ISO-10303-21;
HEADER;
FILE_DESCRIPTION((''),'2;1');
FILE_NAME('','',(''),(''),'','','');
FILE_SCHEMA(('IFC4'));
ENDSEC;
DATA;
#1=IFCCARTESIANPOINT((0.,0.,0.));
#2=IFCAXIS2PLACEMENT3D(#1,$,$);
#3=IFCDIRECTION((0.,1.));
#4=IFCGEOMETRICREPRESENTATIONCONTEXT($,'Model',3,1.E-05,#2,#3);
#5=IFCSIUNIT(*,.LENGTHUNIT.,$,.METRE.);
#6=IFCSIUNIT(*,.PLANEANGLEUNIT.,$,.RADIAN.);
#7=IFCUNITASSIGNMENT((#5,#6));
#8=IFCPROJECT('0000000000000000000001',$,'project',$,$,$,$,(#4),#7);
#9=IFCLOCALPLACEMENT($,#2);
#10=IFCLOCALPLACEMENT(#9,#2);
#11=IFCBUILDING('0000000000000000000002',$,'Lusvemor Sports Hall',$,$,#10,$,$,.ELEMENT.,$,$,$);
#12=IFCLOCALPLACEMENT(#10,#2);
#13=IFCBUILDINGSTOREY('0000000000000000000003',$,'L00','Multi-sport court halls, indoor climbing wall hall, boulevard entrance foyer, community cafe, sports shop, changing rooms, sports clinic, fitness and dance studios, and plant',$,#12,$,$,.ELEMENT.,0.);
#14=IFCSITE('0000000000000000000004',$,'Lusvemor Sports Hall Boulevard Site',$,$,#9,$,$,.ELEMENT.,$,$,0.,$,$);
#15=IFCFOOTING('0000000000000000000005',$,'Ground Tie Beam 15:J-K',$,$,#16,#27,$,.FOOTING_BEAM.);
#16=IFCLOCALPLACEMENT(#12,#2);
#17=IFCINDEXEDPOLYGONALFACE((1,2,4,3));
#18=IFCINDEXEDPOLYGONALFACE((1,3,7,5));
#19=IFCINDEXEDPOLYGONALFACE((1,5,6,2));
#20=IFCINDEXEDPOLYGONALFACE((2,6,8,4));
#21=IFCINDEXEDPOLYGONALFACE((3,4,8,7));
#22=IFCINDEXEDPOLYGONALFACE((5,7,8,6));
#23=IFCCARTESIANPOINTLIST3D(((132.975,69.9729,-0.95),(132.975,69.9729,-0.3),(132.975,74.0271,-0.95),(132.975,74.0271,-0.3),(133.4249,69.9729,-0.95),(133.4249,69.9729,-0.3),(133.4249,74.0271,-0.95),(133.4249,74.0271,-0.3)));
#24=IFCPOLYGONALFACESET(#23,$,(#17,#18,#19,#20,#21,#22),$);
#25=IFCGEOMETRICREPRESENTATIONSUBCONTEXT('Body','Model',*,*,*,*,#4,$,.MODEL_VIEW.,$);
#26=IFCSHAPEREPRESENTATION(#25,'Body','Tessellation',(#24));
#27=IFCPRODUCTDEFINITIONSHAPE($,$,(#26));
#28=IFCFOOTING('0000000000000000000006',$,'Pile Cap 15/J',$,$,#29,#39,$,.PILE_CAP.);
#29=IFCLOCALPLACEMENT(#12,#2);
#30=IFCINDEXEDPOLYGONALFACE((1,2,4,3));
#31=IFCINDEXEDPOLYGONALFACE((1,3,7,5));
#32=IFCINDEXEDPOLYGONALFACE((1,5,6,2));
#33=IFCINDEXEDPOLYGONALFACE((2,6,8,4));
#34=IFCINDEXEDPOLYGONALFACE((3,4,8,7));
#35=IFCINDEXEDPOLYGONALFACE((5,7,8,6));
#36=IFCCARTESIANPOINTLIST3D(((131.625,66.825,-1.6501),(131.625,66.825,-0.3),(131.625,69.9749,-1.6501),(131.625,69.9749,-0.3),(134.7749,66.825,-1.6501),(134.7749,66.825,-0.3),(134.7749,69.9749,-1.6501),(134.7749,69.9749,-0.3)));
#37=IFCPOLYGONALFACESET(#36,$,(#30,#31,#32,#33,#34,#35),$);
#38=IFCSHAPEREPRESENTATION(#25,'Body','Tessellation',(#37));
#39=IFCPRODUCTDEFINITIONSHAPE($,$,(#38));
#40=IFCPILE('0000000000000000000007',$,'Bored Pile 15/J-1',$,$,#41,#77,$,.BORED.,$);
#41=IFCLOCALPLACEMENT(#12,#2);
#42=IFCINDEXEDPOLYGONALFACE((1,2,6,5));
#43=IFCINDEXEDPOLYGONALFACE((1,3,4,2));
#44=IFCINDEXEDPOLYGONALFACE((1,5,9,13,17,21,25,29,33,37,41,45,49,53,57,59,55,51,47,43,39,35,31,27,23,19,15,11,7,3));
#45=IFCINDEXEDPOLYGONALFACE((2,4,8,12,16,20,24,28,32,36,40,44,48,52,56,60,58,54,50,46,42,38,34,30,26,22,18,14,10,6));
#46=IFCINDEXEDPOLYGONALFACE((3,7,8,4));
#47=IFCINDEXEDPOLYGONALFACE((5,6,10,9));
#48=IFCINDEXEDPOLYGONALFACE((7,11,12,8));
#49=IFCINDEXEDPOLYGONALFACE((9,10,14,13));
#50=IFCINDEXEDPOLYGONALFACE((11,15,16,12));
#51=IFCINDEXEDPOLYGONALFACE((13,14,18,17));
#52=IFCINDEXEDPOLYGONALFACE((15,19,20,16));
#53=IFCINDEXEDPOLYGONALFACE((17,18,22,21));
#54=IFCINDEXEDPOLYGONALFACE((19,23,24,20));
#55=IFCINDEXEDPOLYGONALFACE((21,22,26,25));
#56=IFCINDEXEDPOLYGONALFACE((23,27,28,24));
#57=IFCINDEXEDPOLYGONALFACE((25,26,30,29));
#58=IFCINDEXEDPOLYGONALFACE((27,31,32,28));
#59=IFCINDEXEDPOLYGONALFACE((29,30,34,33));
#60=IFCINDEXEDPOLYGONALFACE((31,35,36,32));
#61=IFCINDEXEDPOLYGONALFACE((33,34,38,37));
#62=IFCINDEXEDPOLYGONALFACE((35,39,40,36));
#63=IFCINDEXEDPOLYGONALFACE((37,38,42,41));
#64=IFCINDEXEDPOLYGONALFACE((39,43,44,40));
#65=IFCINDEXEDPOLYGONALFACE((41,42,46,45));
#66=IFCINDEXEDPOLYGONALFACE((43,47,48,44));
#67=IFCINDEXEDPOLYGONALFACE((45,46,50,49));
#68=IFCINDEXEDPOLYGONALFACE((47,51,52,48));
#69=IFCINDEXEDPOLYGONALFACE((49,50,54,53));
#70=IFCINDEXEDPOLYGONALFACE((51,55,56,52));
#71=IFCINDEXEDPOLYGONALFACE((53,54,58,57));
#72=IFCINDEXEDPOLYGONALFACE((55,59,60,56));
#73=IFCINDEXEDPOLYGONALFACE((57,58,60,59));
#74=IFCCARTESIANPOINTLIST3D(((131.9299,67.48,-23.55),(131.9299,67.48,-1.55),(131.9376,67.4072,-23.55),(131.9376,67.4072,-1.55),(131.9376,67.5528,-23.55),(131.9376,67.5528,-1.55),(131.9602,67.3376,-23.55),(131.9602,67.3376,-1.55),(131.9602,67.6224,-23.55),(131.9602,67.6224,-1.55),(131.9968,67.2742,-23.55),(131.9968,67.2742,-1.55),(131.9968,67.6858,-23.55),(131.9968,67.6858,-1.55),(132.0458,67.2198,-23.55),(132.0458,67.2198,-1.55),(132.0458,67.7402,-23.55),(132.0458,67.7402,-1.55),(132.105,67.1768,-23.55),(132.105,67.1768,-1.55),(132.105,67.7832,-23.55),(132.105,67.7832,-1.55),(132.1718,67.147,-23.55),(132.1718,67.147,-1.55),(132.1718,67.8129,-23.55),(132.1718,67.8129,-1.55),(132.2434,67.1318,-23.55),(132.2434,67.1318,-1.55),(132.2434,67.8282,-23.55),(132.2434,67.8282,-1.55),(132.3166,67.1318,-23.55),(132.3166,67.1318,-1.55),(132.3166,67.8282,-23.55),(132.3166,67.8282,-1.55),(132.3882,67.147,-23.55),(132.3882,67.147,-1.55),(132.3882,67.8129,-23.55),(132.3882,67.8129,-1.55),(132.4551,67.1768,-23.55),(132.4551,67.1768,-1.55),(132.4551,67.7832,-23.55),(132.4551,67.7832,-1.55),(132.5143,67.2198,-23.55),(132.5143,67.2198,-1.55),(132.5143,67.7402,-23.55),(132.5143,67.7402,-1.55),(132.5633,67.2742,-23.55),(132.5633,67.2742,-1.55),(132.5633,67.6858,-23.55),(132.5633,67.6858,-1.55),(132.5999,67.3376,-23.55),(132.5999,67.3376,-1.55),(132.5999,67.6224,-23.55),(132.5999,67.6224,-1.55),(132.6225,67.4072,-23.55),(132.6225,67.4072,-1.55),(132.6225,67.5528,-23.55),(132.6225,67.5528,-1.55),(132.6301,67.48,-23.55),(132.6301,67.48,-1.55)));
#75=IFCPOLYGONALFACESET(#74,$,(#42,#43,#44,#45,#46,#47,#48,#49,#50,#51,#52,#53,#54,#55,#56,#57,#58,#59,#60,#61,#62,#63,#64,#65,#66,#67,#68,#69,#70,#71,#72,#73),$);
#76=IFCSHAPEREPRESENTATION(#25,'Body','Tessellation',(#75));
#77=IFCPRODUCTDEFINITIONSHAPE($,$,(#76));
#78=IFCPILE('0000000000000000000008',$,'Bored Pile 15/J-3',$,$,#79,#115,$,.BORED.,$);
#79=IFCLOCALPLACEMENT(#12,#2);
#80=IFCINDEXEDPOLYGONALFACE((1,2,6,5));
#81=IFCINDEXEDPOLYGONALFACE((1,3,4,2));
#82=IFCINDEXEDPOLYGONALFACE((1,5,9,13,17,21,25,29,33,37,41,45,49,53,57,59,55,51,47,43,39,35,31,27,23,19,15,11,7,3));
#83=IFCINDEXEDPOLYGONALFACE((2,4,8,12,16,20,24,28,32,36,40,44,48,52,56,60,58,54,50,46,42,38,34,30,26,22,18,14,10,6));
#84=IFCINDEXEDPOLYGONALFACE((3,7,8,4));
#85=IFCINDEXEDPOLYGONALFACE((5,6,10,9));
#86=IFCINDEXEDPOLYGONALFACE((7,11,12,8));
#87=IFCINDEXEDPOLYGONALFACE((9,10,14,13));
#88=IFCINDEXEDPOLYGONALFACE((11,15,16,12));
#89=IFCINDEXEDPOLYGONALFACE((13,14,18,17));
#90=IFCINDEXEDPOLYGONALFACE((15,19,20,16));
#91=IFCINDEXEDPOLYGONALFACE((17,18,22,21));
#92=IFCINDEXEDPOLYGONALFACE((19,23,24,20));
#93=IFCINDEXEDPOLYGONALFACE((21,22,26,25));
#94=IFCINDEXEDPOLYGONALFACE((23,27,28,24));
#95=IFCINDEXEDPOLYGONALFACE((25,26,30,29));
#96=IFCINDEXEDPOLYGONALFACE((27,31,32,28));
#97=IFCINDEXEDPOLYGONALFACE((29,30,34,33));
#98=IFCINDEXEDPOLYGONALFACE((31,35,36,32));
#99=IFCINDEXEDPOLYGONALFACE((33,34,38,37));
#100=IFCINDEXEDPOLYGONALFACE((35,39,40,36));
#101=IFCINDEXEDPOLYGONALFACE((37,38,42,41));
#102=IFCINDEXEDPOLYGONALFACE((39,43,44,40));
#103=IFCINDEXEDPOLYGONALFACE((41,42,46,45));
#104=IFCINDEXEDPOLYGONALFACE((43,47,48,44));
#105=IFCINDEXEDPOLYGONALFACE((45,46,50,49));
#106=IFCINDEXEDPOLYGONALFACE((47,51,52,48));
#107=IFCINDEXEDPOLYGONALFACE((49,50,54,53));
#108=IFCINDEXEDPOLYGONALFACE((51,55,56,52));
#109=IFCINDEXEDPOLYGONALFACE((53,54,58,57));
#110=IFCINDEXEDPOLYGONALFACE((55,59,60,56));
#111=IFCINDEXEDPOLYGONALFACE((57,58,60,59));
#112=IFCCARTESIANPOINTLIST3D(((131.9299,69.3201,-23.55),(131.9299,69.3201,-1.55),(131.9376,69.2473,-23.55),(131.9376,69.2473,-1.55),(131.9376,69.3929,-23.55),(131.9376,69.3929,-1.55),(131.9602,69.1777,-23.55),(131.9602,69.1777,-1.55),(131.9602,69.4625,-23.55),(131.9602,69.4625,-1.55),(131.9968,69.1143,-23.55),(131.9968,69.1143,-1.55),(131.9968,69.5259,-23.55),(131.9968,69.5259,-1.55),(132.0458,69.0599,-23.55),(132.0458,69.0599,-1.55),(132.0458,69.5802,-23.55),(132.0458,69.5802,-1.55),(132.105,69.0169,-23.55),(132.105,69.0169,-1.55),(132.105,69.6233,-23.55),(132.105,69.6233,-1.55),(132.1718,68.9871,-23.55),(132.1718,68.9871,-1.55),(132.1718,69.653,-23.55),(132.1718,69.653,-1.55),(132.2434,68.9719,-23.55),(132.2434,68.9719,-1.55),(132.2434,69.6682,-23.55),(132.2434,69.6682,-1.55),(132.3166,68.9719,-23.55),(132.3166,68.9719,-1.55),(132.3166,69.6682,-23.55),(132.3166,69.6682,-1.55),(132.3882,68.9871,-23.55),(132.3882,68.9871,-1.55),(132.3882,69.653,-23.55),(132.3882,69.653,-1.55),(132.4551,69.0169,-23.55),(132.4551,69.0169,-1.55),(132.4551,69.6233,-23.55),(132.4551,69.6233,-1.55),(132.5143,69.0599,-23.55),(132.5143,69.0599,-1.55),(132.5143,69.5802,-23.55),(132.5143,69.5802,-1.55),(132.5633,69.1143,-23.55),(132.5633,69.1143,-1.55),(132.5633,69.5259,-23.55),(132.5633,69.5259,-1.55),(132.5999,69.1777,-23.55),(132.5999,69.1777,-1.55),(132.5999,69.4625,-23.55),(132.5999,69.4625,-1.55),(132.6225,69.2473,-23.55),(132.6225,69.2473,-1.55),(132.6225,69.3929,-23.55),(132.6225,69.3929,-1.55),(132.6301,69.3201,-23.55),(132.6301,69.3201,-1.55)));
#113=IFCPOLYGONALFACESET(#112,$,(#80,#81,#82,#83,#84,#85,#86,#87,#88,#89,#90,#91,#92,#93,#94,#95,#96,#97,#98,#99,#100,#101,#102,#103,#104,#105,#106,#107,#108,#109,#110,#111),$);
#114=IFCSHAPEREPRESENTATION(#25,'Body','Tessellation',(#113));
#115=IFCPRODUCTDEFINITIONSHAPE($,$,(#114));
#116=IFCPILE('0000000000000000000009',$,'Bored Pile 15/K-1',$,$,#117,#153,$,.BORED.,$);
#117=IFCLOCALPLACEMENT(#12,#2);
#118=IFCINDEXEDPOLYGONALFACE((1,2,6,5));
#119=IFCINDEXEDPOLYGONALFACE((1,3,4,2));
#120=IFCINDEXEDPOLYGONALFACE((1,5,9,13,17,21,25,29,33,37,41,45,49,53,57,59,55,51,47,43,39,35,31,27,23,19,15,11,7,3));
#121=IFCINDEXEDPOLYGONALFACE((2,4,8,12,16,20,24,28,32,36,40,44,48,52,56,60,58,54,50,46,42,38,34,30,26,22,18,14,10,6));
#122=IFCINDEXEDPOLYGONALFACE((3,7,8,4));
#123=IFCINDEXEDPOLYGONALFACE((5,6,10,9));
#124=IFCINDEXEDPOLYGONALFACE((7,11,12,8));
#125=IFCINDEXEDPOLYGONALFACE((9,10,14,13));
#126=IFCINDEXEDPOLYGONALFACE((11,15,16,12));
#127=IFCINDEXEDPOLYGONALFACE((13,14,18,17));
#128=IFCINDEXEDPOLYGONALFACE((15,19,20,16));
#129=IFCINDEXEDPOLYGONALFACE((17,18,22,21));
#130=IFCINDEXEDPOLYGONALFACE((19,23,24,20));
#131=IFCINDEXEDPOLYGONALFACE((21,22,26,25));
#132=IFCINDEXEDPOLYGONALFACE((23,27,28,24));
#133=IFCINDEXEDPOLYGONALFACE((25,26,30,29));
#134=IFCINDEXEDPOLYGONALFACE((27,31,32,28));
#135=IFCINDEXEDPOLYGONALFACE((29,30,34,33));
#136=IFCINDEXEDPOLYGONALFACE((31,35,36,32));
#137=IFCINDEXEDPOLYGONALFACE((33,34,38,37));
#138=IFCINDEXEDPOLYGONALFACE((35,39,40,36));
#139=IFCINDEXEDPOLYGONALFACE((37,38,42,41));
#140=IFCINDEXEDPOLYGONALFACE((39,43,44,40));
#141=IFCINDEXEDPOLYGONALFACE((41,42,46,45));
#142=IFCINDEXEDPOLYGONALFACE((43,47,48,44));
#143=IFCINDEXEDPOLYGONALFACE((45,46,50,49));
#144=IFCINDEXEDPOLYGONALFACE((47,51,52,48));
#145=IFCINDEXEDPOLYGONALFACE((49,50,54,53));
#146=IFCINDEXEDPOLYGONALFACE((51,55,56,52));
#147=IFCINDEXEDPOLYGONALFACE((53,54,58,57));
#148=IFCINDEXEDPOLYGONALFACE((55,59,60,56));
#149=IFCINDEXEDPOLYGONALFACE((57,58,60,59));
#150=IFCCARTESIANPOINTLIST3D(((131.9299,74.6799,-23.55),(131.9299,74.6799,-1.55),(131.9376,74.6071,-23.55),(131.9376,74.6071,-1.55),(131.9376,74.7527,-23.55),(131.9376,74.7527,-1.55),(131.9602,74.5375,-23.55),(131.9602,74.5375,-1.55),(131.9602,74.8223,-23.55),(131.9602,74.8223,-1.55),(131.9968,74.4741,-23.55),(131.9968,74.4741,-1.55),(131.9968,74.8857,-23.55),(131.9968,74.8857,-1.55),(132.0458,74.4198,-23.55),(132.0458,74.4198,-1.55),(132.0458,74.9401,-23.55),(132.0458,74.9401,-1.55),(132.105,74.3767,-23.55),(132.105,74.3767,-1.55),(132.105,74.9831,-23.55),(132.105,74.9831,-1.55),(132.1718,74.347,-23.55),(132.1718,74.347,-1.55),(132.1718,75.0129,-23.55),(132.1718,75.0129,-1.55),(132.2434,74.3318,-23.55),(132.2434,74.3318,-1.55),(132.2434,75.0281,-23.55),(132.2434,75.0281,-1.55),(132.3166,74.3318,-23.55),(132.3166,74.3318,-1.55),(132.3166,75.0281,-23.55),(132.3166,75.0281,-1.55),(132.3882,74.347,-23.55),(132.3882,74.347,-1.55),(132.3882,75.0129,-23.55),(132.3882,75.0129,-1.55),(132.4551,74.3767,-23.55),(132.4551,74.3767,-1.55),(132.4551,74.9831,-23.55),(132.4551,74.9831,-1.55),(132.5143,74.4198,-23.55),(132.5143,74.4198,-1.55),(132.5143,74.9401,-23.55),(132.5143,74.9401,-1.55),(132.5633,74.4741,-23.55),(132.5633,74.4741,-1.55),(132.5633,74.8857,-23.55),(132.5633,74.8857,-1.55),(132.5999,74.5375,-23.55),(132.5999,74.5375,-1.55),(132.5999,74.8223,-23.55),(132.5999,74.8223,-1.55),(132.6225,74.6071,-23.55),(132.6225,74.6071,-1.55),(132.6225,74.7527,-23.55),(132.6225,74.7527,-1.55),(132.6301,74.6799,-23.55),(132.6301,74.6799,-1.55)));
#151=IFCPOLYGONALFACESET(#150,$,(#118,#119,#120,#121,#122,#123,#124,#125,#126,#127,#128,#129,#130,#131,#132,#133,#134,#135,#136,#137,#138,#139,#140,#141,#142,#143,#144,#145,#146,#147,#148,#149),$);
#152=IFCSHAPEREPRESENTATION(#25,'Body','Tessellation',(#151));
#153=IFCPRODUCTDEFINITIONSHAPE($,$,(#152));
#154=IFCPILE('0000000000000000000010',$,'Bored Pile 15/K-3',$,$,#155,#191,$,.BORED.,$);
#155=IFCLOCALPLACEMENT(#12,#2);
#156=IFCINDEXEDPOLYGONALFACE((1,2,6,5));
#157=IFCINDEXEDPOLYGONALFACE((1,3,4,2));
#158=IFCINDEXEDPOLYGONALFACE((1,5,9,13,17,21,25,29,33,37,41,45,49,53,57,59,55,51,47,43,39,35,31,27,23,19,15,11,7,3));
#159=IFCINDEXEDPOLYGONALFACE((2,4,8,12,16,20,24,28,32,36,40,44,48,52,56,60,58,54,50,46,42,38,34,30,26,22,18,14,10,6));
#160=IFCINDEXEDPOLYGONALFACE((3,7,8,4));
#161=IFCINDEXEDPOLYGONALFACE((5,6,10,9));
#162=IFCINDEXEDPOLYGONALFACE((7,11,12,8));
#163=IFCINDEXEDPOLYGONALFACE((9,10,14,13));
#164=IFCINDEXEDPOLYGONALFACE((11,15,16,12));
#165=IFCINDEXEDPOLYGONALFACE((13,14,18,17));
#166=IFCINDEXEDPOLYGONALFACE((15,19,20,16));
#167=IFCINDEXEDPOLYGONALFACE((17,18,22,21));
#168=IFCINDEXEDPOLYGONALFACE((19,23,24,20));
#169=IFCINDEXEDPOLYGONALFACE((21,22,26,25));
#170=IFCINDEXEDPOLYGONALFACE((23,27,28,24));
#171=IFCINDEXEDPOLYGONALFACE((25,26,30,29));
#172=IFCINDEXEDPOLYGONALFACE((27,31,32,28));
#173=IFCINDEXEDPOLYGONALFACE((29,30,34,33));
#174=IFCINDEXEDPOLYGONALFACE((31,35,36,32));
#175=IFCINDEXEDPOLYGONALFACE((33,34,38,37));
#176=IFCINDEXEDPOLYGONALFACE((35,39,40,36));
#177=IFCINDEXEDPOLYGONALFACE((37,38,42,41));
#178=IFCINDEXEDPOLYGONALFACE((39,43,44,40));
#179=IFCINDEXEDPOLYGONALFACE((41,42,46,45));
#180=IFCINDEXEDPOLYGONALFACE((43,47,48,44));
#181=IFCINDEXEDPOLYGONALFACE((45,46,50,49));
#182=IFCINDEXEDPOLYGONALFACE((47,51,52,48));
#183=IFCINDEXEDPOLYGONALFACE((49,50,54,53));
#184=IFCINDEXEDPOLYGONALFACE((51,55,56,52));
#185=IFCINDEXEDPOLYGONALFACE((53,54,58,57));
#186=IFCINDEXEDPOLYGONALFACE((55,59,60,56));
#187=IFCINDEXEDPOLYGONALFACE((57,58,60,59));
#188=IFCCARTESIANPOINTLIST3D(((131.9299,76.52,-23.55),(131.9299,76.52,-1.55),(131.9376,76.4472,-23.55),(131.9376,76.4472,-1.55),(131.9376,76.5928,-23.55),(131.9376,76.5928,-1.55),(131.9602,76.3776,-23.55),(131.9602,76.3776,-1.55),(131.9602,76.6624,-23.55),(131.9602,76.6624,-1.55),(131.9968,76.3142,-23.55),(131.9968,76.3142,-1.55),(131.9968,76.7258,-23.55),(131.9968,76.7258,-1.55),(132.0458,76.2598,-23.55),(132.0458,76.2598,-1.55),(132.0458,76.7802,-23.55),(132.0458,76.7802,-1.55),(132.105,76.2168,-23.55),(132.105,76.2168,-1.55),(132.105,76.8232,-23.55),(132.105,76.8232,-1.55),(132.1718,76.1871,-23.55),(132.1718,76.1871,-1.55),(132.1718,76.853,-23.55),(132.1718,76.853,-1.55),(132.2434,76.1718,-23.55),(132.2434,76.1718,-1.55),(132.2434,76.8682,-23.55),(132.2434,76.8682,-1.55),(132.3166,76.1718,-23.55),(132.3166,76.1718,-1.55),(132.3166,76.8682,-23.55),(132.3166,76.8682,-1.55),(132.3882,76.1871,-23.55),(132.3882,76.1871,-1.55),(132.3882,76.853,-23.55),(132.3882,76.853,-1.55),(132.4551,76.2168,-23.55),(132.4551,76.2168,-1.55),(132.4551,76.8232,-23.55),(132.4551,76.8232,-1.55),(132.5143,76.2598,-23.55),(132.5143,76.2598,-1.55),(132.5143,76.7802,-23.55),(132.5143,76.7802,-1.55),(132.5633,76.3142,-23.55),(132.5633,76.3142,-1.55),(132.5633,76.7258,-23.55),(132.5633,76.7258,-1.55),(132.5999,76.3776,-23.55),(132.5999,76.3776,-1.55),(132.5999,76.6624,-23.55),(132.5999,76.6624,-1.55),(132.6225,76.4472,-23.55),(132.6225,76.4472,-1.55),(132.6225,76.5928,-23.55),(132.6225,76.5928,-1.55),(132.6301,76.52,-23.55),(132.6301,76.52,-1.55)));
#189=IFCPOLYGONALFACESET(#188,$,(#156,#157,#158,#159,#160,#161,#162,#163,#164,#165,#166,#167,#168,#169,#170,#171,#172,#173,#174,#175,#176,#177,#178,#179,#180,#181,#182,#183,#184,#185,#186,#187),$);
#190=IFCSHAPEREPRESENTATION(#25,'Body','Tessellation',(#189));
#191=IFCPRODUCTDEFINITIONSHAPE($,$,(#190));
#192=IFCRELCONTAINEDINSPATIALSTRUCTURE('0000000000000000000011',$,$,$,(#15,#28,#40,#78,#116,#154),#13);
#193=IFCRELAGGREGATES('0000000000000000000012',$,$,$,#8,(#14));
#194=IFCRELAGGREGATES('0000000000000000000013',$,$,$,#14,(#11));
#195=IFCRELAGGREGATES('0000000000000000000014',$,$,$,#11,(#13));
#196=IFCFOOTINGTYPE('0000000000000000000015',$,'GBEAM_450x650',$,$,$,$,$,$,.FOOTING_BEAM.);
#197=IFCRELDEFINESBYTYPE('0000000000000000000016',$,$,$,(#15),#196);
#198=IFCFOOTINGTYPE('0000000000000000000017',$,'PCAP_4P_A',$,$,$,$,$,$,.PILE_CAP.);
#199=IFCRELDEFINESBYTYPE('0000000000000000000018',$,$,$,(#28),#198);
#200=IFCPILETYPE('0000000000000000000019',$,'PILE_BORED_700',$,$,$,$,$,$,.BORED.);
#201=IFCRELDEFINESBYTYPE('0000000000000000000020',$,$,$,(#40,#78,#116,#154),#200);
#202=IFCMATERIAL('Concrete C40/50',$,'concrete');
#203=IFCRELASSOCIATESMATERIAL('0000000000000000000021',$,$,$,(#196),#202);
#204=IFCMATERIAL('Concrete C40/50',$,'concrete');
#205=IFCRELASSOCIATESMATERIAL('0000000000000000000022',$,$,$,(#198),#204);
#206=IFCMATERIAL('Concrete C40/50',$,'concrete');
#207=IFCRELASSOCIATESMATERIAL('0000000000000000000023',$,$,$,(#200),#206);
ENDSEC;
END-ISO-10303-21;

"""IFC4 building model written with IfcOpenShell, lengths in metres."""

from ifc_helpers import new_model, si_unit, direction, frame, origin, origin_2d, place, context, subcontext, project, spatial, rectangle, circle, extrude, material, material_profile, profile_set, type_object, element, save


model = new_model("IFC4")

# Units and contexts
model_context = context("Model", 3, precision=1e-05, world=origin(), true_north=direction((0.0, 1.0)))
body_context = subcontext(model_context, "Body", "Model", "MODEL_VIEW")
ifc_project = project(units=[si_unit("LENGTHUNIT", "METRE"), si_unit("PLANEANGLEUNIT", "RADIAN")], contexts=[model_context])

# Site, building, storey
site_placement = place(None, origin())
site = spatial("IfcSite", under=ifc_project, at=site_placement, Name="Lusvemor Sports Hall Boulevard Site", CompositionType="ELEMENT", RefElevation=0.0)
building_placement = place(site_placement, origin())
building = spatial("IfcBuilding", under=site, at=building_placement, Name="Lusvemor Sports Hall", CompositionType="ELEMENT")
storey_placement = place(building_placement, origin())
storey = spatial("IfcBuildingStorey", under=building, at=storey_placement, Name="L00", Description="Multi-sport court halls, indoor climbing wall hall, boulevard entrance foyer, community cafe, sports shop, changing rooms, sports clinic, fitness and dance studios, and plant", CompositionType="ELEMENT", Elevation=0.0)

# Footings
ifc_material_1 = material(Name="Concrete C40/50", Category="concrete")
ifc_material_profile_1 = material_profile(ifc_material_1, rectangle(XDim=0.45, YDim=0.6499, at=origin_2d()), Name="GB_450x650")
ifc_profile_set_1 = profile_set([ifc_material_profile_1], Name="Concrete C40/50")
footing_type_1 = type_object("IfcFootingType", Name="GBEAM_450x650", PredefinedType="FOOTING_BEAM", material=ifc_profile_set_1)
footing_1_placement = place(storey_placement, frame((133.2, 69.9729, -0.625), z_axis=(0.0, 1.0, 0.0), x_axis=(-1.0, 0.0, 0.0)))
element("IfcFooting", 1, at=footing_1_placement, inside=storey, type_object=footing_type_1, Name="Ground Tie Beam 15:J-K", PredefinedType="FOOTING_BEAM", context=body_context, shape_type="SweptSolid", body=[
    extrude(rectangle(XDim=0.45, YDim=0.6499, at=origin_2d()), origin(), (0.0, 0.0, 1.0), 4.0542),
])
ifc_material_2 = material(Name="Concrete C40/50", Category="concrete")
footing_type_2 = type_object("IfcFootingType", Name="PCAP_4P_A", PredefinedType="PILE_CAP", material=ifc_material_2)
footing_2_placement = place(storey_placement, frame((133.2, 68.3999, -1.6501), z_axis=(0.0, 0.0, 1.0), x_axis=(1.0, 0.0, 0.0)))
element("IfcFooting", 2, at=footing_2_placement, inside=storey, type_object=footing_type_2, Name="Pile Cap 15/J", PredefinedType="PILE_CAP", context=body_context, shape_type="SweptSolid", body=[
    extrude(rectangle(XDim=3.1499, YDim=3.1499, at=origin_2d()), origin(), (0.0, 0.0, 1.0), 1.3501),
])

# Piles
ifc_material_3 = material(Name="Concrete C40/50", Category="concrete")
ifc_material_profile_2 = material_profile(ifc_material_3, circle(Radius=0.3501, at=origin_2d()), Name="PILE700")
ifc_profile_set_2 = profile_set([ifc_material_profile_2], Name="Concrete C40/50")
pile_type = type_object("IfcPileType", Name="PILE_BORED_700", PredefinedType="BORED", material=ifc_profile_set_2)
for number, where, z_axis, x_axis, name in (
    (3, (132.28, 67.48, -1.55), (0.0, 0.0, -1.0), (1.0, 0.0, 0.0), "Bored Pile 15/J-1"),
    (4, (132.28, 69.3201, -1.55), (0.0, 0.0, -1.0), (1.0, 0.0, 0.0), "Bored Pile 15/J-3"),
    (5, (132.28, 74.6799, -1.55), (0.0, 0.0, -1.0), (1.0, 0.0, 0.0), "Bored Pile 15/K-1"),
    (6, (132.28, 76.52, -1.55), (0.0, 0.0, -1.0), (1.0, 0.0, 0.0), "Bored Pile 15/K-3"),
):
    element("IfcPile", number, at=place(storey_placement, frame(where, z_axis=z_axis, x_axis=x_axis)), inside=storey, type_object=pile_type, Name=name, PredefinedType="BORED", context=body_context, shape_type="SweptSolid", body=[
        extrude(circle(Radius=0.3501, at=origin_2d()), origin(), (0.0, 0.0, 1.0), 22.0),
    ])

save(model, "model.ifc")
